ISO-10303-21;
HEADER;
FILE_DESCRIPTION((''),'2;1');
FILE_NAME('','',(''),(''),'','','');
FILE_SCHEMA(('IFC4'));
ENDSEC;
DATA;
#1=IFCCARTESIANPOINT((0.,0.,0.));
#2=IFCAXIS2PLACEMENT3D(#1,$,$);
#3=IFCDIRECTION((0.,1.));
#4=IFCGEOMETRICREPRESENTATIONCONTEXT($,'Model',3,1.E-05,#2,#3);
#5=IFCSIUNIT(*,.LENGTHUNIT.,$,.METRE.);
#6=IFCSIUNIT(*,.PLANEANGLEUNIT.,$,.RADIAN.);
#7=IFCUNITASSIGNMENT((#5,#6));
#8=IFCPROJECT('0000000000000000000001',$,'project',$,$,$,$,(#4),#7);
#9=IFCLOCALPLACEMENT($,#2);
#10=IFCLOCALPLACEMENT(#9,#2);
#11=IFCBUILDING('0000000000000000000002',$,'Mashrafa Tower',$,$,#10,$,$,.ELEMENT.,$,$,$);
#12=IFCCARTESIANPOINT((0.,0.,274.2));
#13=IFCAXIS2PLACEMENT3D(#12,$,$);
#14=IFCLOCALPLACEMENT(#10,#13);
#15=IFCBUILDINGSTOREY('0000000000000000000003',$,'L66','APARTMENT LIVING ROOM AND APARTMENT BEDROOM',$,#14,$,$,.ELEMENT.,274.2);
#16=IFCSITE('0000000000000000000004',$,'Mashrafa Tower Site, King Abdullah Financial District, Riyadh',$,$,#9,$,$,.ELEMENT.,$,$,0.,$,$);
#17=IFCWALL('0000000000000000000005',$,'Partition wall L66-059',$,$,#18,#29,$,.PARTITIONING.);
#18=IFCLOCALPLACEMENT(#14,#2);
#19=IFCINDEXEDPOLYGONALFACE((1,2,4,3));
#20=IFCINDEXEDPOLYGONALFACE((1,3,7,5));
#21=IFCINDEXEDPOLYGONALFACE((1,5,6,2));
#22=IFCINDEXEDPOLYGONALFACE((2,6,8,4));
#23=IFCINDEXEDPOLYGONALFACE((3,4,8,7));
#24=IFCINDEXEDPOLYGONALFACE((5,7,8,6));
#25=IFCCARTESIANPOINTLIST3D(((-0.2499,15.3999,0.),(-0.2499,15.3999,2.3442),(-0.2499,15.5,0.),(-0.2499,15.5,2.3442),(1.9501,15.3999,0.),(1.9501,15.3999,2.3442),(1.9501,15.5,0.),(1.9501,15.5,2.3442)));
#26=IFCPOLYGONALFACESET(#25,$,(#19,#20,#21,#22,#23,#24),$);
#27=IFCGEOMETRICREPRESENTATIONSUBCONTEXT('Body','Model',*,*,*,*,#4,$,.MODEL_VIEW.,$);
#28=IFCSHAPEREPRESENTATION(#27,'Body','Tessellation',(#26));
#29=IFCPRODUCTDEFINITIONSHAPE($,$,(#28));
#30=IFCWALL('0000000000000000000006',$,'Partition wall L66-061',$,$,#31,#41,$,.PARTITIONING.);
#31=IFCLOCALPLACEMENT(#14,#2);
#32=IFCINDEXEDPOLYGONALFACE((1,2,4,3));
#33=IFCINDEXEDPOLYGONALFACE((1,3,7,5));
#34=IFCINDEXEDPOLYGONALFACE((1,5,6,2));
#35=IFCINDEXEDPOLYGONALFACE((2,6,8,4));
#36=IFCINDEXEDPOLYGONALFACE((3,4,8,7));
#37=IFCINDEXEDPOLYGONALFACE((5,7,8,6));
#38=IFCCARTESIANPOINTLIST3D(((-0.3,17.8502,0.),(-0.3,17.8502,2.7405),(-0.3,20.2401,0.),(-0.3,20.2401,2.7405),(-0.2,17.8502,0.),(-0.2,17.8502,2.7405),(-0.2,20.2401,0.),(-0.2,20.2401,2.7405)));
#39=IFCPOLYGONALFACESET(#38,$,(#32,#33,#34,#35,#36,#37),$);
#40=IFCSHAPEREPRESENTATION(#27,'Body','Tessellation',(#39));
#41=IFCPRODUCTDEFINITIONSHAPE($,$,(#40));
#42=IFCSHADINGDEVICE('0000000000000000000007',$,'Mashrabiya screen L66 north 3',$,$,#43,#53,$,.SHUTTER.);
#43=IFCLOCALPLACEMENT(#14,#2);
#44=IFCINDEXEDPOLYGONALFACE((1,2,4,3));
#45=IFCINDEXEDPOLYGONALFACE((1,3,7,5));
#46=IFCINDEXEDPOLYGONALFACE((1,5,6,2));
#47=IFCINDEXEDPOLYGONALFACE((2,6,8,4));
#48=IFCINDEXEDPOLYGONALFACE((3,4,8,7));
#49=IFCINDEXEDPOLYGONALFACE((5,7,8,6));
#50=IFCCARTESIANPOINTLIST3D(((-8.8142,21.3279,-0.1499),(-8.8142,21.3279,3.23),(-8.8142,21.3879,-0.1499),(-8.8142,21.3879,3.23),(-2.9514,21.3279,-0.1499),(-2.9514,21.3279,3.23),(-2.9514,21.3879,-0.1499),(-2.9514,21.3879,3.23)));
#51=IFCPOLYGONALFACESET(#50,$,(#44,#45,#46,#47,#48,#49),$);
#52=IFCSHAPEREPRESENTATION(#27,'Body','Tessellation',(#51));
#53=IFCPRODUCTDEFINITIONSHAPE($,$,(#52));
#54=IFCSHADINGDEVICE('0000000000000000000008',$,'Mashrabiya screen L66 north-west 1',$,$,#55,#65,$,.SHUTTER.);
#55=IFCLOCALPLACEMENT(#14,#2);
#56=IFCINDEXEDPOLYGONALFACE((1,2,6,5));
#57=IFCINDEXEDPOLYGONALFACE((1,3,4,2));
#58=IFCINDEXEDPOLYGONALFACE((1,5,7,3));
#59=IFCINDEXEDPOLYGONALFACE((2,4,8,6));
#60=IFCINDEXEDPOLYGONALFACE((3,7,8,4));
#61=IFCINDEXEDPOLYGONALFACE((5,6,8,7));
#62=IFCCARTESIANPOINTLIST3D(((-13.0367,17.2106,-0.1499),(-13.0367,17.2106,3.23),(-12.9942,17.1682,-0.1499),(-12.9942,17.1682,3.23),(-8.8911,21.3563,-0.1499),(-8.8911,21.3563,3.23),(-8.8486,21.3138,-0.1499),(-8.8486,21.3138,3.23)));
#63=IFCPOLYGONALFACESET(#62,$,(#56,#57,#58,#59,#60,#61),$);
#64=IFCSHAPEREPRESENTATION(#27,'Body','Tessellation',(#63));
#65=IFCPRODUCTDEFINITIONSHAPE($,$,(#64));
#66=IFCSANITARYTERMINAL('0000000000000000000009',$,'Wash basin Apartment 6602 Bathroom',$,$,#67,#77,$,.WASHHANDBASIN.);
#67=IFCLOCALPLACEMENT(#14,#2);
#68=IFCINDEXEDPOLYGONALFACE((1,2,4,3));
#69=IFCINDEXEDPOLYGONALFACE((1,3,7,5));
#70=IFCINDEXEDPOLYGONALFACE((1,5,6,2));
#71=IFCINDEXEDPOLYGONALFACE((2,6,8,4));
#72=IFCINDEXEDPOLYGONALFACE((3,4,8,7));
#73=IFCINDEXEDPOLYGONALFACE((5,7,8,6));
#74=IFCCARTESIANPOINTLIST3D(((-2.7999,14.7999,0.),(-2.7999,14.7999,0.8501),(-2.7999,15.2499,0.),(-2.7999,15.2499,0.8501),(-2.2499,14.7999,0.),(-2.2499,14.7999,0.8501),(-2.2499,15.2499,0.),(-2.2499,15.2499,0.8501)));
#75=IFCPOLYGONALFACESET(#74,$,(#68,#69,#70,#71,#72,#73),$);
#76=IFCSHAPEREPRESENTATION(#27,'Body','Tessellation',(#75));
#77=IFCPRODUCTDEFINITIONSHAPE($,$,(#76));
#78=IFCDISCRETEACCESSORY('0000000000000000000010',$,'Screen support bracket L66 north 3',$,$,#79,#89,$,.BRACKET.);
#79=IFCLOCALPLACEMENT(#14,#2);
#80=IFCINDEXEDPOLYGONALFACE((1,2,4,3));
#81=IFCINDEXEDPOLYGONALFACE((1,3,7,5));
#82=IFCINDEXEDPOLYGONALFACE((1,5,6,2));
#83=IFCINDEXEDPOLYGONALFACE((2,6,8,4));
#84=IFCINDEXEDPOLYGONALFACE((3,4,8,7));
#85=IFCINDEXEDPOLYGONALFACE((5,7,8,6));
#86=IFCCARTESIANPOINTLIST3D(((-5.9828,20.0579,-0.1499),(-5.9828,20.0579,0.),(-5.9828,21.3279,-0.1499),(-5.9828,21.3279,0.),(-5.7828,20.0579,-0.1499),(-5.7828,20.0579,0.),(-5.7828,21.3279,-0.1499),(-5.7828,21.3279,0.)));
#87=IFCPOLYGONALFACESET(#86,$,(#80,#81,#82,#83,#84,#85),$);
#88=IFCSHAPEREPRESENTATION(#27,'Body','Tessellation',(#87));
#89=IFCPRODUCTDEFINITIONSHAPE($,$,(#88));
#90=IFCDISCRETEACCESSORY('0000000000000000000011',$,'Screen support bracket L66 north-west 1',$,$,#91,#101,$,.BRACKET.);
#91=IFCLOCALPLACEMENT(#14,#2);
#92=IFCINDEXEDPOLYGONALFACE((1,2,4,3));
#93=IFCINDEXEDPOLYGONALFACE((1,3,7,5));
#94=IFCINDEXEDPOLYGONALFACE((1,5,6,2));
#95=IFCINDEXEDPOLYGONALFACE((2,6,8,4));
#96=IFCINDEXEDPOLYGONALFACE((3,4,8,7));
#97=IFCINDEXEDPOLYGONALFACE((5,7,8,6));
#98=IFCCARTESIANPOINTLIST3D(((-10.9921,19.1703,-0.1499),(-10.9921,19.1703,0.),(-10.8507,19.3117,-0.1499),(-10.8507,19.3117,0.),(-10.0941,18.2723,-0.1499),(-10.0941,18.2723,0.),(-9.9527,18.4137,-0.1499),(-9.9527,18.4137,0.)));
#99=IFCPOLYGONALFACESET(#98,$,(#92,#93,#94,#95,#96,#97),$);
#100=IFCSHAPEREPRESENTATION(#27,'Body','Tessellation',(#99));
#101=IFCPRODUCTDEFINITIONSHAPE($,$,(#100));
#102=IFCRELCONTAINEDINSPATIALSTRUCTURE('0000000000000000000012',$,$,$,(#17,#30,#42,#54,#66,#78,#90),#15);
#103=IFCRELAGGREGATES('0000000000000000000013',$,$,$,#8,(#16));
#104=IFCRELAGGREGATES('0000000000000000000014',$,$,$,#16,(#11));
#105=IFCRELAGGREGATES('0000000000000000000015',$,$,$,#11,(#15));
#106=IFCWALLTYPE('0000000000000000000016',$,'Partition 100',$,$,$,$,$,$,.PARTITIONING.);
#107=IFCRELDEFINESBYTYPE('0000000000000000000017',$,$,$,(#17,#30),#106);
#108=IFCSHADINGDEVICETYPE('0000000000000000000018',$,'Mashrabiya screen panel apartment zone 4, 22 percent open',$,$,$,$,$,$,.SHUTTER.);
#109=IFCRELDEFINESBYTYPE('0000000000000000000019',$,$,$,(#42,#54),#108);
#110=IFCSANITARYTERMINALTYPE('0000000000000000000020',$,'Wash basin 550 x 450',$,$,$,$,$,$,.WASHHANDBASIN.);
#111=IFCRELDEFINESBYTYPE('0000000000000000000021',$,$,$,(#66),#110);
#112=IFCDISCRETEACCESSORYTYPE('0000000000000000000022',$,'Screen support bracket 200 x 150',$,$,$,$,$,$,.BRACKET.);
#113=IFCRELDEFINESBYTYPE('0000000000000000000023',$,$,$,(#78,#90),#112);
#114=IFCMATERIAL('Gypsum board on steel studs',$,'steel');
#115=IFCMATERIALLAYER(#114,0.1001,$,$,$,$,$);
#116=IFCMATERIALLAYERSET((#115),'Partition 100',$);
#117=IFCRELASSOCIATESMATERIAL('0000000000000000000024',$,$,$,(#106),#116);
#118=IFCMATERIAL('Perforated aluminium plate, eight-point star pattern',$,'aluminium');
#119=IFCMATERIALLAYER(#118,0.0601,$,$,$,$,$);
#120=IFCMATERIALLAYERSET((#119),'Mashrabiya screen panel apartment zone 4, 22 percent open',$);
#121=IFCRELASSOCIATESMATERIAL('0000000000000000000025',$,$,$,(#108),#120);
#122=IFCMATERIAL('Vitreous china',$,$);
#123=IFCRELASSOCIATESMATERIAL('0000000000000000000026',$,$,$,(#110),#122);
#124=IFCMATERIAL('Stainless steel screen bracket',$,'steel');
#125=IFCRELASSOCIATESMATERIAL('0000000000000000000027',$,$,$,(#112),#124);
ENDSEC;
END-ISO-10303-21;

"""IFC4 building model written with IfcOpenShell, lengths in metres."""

from ifc_helpers import new_model, si_unit, direction, frame, frame_2d, origin, origin_2d, place, context, subcontext, project, spatial, rectangle, extrude, source, transform, mapped, material, layer, layer_set, type_object, type_shapes, element, save


model = new_model("IFC4")

# Units and contexts
model_context = context("Model", 3, precision=1e-05, world=origin(), true_north=direction((0.0, 1.0)))
body_context = subcontext(model_context, "Body", "Model", "MODEL_VIEW")
ifc_project = project(units=[si_unit("LENGTHUNIT", "METRE"), si_unit("PLANEANGLEUNIT", "RADIAN")], contexts=[model_context])

# Site, building, storey
site_placement = place(None, origin())
site = spatial("IfcSite", under=ifc_project, at=site_placement, Name="Mashrafa Tower Site, King Abdullah Financial District, Riyadh", CompositionType="ELEMENT", RefElevation=0.0)
building_placement = place(site_placement, origin())
building = spatial("IfcBuilding", under=site, at=building_placement, Name="Mashrafa Tower", CompositionType="ELEMENT")
storey_placement = place(building_placement, frame((0.0, 0.0, 274.2)))
storey = spatial("IfcBuildingStorey", under=building, at=storey_placement, Name="L66", Description="APARTMENT LIVING ROOM AND APARTMENT BEDROOM", CompositionType="ELEMENT", Elevation=274.2)

# Walls
ifc_material_1 = material(Name="Gypsum board on steel studs", Category="steel")
ifc_layer_1 = layer(ifc_material_1, 0.1001)
ifc_layer_set_1 = layer_set([ifc_layer_1], Name="Partition 100")
wall_type = type_object("IfcWallType", Name="Partition 100", PredefinedType="PARTITIONING", material=ifc_layer_set_1)
wall_1_placement = place(storey_placement, frame((-0.25, 15.45, 0.0), z_axis=(0.0, 0.0, 1.0), x_axis=(1.0, 0.0, 0.0)))
element("IfcWall", 1, at=wall_1_placement, inside=storey, type_object=wall_type, Name="Partition wall L66-059", PredefinedType="PARTITIONING", context=body_context, shape_type="SweptSolid", body=[
    extrude(rectangle(XDim=2.2, YDim=0.1001, at=frame_2d((1.1001, 0.0))), origin(), (0.0, 0.0, 1.0), 2.3442),
])
wall_2_placement = place(storey_placement, frame((-0.25, 20.24, 0.0), z_axis=(0.0, 0.0, 1.0), x_axis=(0.0, -1.0, 0.0)))
element("IfcWall", 2, at=wall_2_placement, inside=storey, type_object=wall_type, Name="Partition wall L66-061", PredefinedType="PARTITIONING", context=body_context, shape_type="SweptSolid", body=[
    extrude(rectangle(XDim=2.3899, YDim=0.1001, at=frame_2d((1.1948, 0.0))), origin(), (0.0, 0.0, 1.0), 2.7405),
])

# Shading devices
ifc_material_2 = material(Name="Perforated aluminium plate, eight-point star pattern", Category="aluminium")
ifc_layer_2 = layer(ifc_material_2, 0.0601)
ifc_layer_set_2 = layer_set([ifc_layer_2], Name="Mashrabiya screen panel apartment zone 4, 22 percent open")
shading_device_type = type_object("IfcShadingDeviceType", Name="Mashrabiya screen panel apartment zone 4, 22 percent open", PredefinedType="SHUTTER", material=ifc_layer_set_2)
shared_shape_1 = source(origin(), body_context, "Body", "SweptSolid", [
    extrude(rectangle(XDim=5.8628, YDim=0.0601, at=origin_2d()), origin(), (0.0, 0.0, 1.0), 3.3799),
])
type_shapes(shading_device_type, [shared_shape_1])
for number, where, z_axis, x_axis, name in (
    (3, (-5.8828, 21.3579, -0.1499), (0.0, 0.0, 1.0), (-1.0, 0.0, 0.0), "Mashrabiya screen L66 north 3"),
    (4, (-10.9426, 19.2622, -0.1499), (0.0, 0.0, 1.0), (-0.707107, -0.707107, 0.0), "Mashrabiya screen L66 north-west 1"),
):
    element("IfcShadingDevice", number, at=place(storey_placement, frame(where, z_axis=z_axis, x_axis=x_axis)), inside=storey, type_object=shading_device_type, Name=name, PredefinedType="SHUTTER", context=body_context, shape_type="MappedRepresentation", body=[
        mapped(shared_shape_1, transform((0.0, 0.0, 0.0))),
    ])

# Sanitary terminal
ifc_material_3 = material(Name="Vitreous china")
sanitary_terminal_type = type_object("IfcSanitaryTerminalType", Name="Wash basin 550 x 450", PredefinedType="WASHHANDBASIN", material=ifc_material_3)
sanitary_terminal_placement = place(storey_placement, frame((-2.5249, 15.0249, 0.0), z_axis=(0.0, 0.0, 1.0), x_axis=(-1.0, 0.0, 0.0)))
element("IfcSanitaryTerminal", 5, at=sanitary_terminal_placement, inside=storey, type_object=sanitary_terminal_type, Name="Wash basin Apartment 6602 Bathroom", PredefinedType="WASHHANDBASIN", context=body_context, shape_type="SweptSolid", body=[
    extrude(rectangle(XDim=0.55, YDim=0.45, at=origin_2d()), origin(), (0.0, 0.0, 1.0), 0.8501),
])

# Discrete accessories
ifc_material_4 = material(Name="Stainless steel screen bracket", Category="steel")
discrete_accessory_type = type_object("IfcDiscreteAccessoryType", Name="Screen support bracket 200 x 150", PredefinedType="BRACKET", material=ifc_material_4)
shared_shape_2 = source(origin(), body_context, "Body", "SweptSolid", [
    extrude(rectangle(XDim=0.2, YDim=1.27, at=origin_2d()), origin(), (0.0, 0.0, 1.0), 0.1499),
])
type_shapes(discrete_accessory_type, [shared_shape_2])
for number, where, z_axis, x_axis, name in (
    (6, (-5.8828, 20.6929, -0.1499), (0.0, 0.0, 1.0), (-1.0, 0.0, 0.0), "Screen support bracket L66 north 3"),
    (7, (-10.4724, 18.792, -0.1499), (0.0, 0.0, 1.0), (-0.707107, -0.707107, 0.0), "Screen support bracket L66 north-west 1"),
):
    element("IfcDiscreteAccessory", number, at=place(storey_placement, frame(where, z_axis=z_axis, x_axis=x_axis)), inside=storey, type_object=discrete_accessory_type, Name=name, PredefinedType="BRACKET", context=body_context, shape_type="MappedRepresentation", body=[
        mapped(shared_shape_2, transform((0.0, 0.0, 0.0))),
    ])

save(model, "model.ifc")
